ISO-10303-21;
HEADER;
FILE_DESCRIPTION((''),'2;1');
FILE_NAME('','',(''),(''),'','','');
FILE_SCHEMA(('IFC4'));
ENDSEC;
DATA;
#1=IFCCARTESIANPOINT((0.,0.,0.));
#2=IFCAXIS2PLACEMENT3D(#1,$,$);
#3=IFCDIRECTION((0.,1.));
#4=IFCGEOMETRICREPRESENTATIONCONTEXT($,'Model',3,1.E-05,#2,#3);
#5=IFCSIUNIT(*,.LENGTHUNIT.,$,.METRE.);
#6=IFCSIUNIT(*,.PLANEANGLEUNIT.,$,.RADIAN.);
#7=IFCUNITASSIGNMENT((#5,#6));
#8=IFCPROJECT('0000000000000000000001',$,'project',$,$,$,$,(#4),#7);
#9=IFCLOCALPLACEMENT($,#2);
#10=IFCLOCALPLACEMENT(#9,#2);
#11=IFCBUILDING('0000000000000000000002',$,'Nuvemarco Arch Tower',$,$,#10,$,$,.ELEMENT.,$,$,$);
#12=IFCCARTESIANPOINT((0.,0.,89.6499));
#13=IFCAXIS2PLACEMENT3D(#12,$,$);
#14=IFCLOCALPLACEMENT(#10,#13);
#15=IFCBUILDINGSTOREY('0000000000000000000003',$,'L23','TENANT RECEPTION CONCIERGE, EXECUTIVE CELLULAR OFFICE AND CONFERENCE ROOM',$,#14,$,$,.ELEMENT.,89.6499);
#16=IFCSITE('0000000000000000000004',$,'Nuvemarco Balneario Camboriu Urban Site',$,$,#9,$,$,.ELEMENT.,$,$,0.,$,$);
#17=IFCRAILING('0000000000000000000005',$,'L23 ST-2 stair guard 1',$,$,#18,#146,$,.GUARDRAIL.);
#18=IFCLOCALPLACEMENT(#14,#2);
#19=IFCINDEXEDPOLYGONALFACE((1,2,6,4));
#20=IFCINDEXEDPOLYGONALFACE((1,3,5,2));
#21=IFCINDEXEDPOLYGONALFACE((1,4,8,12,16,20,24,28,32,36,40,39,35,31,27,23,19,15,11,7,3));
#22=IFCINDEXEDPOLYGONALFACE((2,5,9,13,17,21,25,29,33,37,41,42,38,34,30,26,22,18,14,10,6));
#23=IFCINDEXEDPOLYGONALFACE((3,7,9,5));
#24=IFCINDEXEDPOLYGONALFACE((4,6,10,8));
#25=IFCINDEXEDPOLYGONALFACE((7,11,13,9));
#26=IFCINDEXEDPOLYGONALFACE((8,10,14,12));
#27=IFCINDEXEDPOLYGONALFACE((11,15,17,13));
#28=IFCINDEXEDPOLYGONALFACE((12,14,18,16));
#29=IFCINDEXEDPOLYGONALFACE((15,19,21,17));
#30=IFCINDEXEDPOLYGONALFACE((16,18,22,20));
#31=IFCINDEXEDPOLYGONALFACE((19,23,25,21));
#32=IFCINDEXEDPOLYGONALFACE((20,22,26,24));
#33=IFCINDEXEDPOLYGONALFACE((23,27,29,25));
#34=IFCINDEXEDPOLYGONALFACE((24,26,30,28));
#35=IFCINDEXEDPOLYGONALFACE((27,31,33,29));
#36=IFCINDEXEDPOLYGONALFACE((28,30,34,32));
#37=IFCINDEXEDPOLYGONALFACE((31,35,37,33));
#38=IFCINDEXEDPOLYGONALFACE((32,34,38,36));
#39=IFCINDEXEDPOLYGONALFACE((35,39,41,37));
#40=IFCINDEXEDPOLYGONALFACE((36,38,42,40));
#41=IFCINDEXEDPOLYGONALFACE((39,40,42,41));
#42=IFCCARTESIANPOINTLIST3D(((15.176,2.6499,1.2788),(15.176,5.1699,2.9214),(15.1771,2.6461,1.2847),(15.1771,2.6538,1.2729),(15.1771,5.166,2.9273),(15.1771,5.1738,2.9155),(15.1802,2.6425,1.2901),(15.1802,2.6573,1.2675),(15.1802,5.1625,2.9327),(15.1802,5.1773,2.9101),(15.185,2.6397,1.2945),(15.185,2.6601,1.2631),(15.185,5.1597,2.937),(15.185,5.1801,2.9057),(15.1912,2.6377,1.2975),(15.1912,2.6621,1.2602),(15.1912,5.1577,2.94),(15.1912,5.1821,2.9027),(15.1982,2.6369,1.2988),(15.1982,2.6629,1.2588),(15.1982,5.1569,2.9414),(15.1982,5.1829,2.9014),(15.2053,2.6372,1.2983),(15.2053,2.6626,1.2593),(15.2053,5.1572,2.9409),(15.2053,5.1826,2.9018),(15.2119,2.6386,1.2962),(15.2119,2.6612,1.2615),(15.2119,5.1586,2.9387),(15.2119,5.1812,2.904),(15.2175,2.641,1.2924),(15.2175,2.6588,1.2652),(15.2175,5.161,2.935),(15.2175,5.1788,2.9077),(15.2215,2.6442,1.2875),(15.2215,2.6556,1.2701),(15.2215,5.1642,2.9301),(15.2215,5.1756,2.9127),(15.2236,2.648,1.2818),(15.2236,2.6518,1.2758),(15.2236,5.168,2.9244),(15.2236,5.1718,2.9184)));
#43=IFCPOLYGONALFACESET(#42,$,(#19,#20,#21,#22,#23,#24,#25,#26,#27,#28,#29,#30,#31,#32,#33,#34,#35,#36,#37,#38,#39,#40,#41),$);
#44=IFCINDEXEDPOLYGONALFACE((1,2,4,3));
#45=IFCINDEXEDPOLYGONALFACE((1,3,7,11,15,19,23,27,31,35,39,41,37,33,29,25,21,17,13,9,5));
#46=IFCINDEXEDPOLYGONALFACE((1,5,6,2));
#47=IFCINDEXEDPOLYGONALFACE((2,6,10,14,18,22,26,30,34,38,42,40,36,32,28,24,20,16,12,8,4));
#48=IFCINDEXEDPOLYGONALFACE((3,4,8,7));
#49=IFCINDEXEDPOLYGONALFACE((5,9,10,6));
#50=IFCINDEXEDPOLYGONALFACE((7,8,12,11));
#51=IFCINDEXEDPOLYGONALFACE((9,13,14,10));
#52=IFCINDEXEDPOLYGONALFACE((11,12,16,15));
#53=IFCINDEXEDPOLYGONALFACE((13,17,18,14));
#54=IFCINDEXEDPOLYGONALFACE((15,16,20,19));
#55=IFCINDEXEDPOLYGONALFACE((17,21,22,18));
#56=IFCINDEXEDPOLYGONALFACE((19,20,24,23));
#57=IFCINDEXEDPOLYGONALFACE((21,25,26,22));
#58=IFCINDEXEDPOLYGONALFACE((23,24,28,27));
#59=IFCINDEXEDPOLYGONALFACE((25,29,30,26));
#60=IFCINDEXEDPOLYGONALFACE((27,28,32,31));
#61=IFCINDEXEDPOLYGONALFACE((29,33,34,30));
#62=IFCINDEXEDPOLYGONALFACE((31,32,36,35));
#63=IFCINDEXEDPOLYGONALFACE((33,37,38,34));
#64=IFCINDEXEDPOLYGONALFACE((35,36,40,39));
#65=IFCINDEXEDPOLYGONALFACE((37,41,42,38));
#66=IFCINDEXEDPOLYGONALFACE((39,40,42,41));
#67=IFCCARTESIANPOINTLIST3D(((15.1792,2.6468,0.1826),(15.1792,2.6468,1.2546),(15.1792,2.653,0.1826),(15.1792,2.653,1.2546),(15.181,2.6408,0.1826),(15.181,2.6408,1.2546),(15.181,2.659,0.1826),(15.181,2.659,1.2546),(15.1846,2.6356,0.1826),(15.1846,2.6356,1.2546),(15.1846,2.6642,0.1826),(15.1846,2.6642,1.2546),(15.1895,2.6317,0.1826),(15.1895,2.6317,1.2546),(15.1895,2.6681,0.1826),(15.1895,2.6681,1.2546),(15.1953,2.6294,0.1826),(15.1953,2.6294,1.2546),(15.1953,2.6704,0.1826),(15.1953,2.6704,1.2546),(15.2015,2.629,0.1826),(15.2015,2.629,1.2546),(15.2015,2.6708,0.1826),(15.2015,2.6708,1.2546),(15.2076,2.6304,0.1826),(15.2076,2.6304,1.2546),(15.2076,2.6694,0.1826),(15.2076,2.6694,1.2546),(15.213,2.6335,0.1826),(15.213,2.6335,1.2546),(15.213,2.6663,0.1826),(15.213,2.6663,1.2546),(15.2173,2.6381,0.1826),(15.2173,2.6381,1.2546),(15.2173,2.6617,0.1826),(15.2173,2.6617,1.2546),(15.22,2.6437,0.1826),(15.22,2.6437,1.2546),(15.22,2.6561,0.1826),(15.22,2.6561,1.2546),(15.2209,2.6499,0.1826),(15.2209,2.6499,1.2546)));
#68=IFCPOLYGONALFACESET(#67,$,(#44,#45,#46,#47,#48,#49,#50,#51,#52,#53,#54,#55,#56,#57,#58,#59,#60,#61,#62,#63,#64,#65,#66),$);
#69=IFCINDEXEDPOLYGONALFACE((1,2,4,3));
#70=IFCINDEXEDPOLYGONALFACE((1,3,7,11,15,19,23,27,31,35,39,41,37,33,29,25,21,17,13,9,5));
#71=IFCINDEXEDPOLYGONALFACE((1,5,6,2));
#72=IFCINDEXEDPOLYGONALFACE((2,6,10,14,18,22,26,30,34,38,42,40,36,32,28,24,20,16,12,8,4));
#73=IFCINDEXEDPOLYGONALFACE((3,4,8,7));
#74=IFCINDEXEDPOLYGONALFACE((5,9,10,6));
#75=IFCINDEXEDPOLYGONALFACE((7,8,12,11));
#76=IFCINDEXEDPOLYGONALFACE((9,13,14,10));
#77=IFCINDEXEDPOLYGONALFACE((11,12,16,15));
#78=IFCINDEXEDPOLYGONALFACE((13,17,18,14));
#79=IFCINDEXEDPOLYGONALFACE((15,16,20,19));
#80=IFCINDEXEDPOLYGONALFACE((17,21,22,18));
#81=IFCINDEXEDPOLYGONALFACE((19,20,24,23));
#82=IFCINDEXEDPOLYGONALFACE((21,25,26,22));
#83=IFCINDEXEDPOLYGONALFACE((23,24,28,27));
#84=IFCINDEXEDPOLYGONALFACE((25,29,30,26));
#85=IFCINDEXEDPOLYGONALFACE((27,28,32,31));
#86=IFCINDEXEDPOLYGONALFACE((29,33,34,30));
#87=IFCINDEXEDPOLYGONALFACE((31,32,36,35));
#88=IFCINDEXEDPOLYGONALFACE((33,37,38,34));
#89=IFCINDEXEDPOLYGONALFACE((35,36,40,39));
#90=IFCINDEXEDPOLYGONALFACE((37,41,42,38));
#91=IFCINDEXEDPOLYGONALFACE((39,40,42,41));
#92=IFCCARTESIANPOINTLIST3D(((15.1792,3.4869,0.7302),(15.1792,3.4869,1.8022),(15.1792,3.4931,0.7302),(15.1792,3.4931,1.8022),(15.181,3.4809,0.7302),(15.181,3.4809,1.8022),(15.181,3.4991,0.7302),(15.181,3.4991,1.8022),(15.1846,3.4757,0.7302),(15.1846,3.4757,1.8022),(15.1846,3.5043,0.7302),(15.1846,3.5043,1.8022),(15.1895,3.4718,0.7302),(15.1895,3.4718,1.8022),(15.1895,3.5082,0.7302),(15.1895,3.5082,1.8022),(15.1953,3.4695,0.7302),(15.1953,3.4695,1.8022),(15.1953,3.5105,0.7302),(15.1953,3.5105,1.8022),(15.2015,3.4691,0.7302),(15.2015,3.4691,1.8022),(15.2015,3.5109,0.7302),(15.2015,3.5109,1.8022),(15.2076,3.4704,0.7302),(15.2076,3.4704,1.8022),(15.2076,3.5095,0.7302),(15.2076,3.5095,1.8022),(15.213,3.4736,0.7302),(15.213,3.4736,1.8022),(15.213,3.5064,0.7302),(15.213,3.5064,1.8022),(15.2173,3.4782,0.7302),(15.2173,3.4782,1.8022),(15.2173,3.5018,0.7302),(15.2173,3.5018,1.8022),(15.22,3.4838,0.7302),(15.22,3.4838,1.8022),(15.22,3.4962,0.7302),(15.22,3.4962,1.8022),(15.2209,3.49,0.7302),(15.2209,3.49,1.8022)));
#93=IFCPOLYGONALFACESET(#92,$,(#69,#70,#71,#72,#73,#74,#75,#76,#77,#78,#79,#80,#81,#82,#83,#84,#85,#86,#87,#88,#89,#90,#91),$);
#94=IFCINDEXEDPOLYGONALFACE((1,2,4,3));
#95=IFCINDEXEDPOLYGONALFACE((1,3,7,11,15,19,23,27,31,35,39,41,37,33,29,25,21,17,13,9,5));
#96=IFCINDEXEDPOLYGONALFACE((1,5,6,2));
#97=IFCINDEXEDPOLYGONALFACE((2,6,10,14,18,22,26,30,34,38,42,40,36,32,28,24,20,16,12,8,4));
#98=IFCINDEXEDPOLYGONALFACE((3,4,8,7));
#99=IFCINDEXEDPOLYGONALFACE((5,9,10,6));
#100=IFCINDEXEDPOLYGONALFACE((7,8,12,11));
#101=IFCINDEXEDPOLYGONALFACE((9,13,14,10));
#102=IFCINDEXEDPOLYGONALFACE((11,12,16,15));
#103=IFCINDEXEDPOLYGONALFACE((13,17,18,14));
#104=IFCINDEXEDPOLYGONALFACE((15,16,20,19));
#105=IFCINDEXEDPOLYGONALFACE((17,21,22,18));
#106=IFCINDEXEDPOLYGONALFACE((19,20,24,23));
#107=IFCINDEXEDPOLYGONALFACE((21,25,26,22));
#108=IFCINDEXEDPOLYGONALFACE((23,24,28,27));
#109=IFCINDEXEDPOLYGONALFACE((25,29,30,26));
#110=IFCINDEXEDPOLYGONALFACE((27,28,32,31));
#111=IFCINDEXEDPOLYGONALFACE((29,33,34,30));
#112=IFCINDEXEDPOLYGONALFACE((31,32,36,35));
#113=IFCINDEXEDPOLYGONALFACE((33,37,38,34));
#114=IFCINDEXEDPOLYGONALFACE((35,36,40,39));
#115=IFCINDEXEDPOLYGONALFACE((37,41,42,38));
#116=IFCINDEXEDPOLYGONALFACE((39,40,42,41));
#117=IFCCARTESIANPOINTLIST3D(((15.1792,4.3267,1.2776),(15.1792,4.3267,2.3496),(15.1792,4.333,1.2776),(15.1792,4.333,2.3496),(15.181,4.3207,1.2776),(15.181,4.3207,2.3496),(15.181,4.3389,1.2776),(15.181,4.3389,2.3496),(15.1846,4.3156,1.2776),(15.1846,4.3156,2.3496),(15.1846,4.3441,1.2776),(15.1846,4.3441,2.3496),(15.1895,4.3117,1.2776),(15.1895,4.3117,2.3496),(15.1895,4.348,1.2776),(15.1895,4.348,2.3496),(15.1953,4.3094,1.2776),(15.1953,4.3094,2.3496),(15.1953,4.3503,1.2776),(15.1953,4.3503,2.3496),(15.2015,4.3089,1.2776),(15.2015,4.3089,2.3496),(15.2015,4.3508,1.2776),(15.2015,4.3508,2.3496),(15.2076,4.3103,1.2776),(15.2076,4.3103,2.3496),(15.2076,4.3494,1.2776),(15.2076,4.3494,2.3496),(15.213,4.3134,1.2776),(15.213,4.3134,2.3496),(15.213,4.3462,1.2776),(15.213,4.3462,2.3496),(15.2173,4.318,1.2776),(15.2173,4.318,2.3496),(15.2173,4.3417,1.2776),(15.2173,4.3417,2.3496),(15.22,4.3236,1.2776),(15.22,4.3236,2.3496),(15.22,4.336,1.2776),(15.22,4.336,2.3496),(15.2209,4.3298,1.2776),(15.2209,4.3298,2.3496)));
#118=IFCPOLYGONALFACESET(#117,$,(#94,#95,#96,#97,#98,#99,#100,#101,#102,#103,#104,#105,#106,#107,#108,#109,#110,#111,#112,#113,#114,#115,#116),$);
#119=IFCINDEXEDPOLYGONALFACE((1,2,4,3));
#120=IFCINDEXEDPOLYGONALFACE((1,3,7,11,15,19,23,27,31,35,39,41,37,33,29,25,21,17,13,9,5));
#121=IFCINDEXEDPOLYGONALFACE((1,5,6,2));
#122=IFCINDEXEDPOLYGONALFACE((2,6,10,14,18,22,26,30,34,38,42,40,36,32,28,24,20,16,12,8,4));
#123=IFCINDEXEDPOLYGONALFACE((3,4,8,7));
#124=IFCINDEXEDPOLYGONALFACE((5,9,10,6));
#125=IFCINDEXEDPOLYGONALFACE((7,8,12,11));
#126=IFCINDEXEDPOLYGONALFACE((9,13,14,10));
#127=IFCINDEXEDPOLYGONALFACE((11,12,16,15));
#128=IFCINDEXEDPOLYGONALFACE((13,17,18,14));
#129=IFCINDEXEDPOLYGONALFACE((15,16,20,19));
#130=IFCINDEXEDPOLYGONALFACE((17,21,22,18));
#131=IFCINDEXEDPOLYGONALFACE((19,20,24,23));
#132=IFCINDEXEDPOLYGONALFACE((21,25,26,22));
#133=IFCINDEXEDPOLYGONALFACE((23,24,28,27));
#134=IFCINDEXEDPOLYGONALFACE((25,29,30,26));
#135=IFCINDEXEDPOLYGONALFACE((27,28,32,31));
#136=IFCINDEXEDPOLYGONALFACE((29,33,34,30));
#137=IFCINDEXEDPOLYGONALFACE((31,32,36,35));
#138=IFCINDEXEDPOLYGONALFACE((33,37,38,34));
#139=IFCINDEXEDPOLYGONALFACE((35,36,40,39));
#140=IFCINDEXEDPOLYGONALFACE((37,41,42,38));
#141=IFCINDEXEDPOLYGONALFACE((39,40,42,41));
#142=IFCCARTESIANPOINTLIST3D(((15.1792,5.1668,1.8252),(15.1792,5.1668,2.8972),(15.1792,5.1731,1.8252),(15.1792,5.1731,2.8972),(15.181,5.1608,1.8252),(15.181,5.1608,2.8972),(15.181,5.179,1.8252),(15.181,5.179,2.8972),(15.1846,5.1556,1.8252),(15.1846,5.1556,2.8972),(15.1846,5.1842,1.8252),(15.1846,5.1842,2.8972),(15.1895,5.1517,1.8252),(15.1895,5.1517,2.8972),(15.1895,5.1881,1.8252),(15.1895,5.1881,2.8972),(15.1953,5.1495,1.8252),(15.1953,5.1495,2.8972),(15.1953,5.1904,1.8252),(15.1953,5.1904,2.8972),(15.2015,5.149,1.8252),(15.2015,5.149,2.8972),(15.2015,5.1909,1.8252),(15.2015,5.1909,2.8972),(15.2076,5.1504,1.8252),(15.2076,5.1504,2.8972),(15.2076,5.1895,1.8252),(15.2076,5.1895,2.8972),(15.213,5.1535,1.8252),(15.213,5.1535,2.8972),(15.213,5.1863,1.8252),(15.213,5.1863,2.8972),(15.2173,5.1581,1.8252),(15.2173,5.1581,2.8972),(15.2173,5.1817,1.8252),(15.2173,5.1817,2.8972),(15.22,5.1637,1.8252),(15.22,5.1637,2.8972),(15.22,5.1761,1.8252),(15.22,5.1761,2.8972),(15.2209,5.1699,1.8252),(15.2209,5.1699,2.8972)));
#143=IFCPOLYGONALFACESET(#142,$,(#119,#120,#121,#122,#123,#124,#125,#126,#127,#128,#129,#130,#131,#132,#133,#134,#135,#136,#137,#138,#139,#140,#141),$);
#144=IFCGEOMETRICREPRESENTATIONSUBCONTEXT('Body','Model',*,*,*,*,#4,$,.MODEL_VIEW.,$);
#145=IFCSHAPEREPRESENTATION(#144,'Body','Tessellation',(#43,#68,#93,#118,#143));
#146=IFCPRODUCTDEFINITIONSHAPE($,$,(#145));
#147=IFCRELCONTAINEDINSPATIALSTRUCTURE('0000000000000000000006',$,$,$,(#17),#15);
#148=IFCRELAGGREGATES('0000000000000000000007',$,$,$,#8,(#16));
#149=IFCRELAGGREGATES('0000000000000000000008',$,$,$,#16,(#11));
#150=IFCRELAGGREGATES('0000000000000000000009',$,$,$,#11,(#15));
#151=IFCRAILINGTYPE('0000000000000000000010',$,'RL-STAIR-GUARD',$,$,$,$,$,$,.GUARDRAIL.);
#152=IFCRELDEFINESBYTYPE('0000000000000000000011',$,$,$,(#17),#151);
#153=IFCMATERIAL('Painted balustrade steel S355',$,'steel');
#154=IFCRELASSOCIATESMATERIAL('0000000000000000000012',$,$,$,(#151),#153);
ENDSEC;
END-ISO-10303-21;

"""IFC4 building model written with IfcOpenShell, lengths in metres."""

from ifc_helpers import new_model, si_unit, direction, frame, origin, origin_2d, place, context, subcontext, project, spatial, circle, extrude, material, type_object, element, save


model = new_model("IFC4")

# Units and contexts
model_context = context("Model", 3, precision=1e-05, world=origin(), true_north=direction((0.0, 1.0)))
body_context = subcontext(model_context, "Body", "Model", "MODEL_VIEW")
ifc_project = project(units=[si_unit("LENGTHUNIT", "METRE"), si_unit("PLANEANGLEUNIT", "RADIAN")], contexts=[model_context])

# Site, building, storey
site_placement = place(None, origin())
site = spatial("IfcSite", under=ifc_project, at=site_placement, Name="Nuvemarco Balneario Camboriu Urban Site", CompositionType="ELEMENT", RefElevation=0.0)
building_placement = place(site_placement, origin())
building = spatial("IfcBuilding", under=site, at=building_placement, Name="Nuvemarco Arch Tower", CompositionType="ELEMENT")
storey_placement = place(building_placement, frame((0.0, 0.0, 89.6499)))
storey = spatial("IfcBuildingStorey", under=building, at=storey_placement, Name="L23", Description="TENANT RECEPTION CONCIERGE, EXECUTIVE CELLULAR OFFICE AND CONFERENCE ROOM", CompositionType="ELEMENT", Elevation=89.6499)

# Railing
ifc_material_1 = material(Name="Painted balustrade steel S355", Category="steel")
railing_type_1 = type_object("IfcRailingType", Name="RL-STAIR-GUARD", PredefinedType="GUARDRAIL", material=ifc_material_1)
railing_1_placement = place(storey_placement, frame((15.2, 2.6499, 0.1826)))
element("IfcRailing", 1, at=railing_1_placement, inside=storey, type_object=railing_type_1, Name="L23 ST-2 stair guard 1", PredefinedType="GUARDRAIL", context=body_context, shape_type="SweptSolid", body=[
    extrude(circle(Radius=0.0239, at=origin_2d()), frame((0.0, 0.0, 1.0962), z_axis=(0.0, 0.837749, 0.546055), x_axis=(-1.0, 0.0, 0.0)), (0.0, 0.0, 1.0), 3.0081),
    extrude(circle(Radius=0.021, at=origin_2d()), origin(), (0.0, 0.0, 1.0), 1.072),
    extrude(circle(Radius=0.021, at=origin_2d()), frame((0.0, 0.8401, 0.5476)), (0.0, 0.0, 1.0), 1.072),
    extrude(circle(Radius=0.021, at=origin_2d()), frame((0.0, 1.6799, 1.095)), (0.0, 0.0, 1.0), 1.072),
    extrude(circle(Radius=0.021, at=origin_2d()), frame((0.0, 2.52, 1.6426)), (0.0, 0.0, 1.0), 1.072),
])

save(model, "model.ifc")
